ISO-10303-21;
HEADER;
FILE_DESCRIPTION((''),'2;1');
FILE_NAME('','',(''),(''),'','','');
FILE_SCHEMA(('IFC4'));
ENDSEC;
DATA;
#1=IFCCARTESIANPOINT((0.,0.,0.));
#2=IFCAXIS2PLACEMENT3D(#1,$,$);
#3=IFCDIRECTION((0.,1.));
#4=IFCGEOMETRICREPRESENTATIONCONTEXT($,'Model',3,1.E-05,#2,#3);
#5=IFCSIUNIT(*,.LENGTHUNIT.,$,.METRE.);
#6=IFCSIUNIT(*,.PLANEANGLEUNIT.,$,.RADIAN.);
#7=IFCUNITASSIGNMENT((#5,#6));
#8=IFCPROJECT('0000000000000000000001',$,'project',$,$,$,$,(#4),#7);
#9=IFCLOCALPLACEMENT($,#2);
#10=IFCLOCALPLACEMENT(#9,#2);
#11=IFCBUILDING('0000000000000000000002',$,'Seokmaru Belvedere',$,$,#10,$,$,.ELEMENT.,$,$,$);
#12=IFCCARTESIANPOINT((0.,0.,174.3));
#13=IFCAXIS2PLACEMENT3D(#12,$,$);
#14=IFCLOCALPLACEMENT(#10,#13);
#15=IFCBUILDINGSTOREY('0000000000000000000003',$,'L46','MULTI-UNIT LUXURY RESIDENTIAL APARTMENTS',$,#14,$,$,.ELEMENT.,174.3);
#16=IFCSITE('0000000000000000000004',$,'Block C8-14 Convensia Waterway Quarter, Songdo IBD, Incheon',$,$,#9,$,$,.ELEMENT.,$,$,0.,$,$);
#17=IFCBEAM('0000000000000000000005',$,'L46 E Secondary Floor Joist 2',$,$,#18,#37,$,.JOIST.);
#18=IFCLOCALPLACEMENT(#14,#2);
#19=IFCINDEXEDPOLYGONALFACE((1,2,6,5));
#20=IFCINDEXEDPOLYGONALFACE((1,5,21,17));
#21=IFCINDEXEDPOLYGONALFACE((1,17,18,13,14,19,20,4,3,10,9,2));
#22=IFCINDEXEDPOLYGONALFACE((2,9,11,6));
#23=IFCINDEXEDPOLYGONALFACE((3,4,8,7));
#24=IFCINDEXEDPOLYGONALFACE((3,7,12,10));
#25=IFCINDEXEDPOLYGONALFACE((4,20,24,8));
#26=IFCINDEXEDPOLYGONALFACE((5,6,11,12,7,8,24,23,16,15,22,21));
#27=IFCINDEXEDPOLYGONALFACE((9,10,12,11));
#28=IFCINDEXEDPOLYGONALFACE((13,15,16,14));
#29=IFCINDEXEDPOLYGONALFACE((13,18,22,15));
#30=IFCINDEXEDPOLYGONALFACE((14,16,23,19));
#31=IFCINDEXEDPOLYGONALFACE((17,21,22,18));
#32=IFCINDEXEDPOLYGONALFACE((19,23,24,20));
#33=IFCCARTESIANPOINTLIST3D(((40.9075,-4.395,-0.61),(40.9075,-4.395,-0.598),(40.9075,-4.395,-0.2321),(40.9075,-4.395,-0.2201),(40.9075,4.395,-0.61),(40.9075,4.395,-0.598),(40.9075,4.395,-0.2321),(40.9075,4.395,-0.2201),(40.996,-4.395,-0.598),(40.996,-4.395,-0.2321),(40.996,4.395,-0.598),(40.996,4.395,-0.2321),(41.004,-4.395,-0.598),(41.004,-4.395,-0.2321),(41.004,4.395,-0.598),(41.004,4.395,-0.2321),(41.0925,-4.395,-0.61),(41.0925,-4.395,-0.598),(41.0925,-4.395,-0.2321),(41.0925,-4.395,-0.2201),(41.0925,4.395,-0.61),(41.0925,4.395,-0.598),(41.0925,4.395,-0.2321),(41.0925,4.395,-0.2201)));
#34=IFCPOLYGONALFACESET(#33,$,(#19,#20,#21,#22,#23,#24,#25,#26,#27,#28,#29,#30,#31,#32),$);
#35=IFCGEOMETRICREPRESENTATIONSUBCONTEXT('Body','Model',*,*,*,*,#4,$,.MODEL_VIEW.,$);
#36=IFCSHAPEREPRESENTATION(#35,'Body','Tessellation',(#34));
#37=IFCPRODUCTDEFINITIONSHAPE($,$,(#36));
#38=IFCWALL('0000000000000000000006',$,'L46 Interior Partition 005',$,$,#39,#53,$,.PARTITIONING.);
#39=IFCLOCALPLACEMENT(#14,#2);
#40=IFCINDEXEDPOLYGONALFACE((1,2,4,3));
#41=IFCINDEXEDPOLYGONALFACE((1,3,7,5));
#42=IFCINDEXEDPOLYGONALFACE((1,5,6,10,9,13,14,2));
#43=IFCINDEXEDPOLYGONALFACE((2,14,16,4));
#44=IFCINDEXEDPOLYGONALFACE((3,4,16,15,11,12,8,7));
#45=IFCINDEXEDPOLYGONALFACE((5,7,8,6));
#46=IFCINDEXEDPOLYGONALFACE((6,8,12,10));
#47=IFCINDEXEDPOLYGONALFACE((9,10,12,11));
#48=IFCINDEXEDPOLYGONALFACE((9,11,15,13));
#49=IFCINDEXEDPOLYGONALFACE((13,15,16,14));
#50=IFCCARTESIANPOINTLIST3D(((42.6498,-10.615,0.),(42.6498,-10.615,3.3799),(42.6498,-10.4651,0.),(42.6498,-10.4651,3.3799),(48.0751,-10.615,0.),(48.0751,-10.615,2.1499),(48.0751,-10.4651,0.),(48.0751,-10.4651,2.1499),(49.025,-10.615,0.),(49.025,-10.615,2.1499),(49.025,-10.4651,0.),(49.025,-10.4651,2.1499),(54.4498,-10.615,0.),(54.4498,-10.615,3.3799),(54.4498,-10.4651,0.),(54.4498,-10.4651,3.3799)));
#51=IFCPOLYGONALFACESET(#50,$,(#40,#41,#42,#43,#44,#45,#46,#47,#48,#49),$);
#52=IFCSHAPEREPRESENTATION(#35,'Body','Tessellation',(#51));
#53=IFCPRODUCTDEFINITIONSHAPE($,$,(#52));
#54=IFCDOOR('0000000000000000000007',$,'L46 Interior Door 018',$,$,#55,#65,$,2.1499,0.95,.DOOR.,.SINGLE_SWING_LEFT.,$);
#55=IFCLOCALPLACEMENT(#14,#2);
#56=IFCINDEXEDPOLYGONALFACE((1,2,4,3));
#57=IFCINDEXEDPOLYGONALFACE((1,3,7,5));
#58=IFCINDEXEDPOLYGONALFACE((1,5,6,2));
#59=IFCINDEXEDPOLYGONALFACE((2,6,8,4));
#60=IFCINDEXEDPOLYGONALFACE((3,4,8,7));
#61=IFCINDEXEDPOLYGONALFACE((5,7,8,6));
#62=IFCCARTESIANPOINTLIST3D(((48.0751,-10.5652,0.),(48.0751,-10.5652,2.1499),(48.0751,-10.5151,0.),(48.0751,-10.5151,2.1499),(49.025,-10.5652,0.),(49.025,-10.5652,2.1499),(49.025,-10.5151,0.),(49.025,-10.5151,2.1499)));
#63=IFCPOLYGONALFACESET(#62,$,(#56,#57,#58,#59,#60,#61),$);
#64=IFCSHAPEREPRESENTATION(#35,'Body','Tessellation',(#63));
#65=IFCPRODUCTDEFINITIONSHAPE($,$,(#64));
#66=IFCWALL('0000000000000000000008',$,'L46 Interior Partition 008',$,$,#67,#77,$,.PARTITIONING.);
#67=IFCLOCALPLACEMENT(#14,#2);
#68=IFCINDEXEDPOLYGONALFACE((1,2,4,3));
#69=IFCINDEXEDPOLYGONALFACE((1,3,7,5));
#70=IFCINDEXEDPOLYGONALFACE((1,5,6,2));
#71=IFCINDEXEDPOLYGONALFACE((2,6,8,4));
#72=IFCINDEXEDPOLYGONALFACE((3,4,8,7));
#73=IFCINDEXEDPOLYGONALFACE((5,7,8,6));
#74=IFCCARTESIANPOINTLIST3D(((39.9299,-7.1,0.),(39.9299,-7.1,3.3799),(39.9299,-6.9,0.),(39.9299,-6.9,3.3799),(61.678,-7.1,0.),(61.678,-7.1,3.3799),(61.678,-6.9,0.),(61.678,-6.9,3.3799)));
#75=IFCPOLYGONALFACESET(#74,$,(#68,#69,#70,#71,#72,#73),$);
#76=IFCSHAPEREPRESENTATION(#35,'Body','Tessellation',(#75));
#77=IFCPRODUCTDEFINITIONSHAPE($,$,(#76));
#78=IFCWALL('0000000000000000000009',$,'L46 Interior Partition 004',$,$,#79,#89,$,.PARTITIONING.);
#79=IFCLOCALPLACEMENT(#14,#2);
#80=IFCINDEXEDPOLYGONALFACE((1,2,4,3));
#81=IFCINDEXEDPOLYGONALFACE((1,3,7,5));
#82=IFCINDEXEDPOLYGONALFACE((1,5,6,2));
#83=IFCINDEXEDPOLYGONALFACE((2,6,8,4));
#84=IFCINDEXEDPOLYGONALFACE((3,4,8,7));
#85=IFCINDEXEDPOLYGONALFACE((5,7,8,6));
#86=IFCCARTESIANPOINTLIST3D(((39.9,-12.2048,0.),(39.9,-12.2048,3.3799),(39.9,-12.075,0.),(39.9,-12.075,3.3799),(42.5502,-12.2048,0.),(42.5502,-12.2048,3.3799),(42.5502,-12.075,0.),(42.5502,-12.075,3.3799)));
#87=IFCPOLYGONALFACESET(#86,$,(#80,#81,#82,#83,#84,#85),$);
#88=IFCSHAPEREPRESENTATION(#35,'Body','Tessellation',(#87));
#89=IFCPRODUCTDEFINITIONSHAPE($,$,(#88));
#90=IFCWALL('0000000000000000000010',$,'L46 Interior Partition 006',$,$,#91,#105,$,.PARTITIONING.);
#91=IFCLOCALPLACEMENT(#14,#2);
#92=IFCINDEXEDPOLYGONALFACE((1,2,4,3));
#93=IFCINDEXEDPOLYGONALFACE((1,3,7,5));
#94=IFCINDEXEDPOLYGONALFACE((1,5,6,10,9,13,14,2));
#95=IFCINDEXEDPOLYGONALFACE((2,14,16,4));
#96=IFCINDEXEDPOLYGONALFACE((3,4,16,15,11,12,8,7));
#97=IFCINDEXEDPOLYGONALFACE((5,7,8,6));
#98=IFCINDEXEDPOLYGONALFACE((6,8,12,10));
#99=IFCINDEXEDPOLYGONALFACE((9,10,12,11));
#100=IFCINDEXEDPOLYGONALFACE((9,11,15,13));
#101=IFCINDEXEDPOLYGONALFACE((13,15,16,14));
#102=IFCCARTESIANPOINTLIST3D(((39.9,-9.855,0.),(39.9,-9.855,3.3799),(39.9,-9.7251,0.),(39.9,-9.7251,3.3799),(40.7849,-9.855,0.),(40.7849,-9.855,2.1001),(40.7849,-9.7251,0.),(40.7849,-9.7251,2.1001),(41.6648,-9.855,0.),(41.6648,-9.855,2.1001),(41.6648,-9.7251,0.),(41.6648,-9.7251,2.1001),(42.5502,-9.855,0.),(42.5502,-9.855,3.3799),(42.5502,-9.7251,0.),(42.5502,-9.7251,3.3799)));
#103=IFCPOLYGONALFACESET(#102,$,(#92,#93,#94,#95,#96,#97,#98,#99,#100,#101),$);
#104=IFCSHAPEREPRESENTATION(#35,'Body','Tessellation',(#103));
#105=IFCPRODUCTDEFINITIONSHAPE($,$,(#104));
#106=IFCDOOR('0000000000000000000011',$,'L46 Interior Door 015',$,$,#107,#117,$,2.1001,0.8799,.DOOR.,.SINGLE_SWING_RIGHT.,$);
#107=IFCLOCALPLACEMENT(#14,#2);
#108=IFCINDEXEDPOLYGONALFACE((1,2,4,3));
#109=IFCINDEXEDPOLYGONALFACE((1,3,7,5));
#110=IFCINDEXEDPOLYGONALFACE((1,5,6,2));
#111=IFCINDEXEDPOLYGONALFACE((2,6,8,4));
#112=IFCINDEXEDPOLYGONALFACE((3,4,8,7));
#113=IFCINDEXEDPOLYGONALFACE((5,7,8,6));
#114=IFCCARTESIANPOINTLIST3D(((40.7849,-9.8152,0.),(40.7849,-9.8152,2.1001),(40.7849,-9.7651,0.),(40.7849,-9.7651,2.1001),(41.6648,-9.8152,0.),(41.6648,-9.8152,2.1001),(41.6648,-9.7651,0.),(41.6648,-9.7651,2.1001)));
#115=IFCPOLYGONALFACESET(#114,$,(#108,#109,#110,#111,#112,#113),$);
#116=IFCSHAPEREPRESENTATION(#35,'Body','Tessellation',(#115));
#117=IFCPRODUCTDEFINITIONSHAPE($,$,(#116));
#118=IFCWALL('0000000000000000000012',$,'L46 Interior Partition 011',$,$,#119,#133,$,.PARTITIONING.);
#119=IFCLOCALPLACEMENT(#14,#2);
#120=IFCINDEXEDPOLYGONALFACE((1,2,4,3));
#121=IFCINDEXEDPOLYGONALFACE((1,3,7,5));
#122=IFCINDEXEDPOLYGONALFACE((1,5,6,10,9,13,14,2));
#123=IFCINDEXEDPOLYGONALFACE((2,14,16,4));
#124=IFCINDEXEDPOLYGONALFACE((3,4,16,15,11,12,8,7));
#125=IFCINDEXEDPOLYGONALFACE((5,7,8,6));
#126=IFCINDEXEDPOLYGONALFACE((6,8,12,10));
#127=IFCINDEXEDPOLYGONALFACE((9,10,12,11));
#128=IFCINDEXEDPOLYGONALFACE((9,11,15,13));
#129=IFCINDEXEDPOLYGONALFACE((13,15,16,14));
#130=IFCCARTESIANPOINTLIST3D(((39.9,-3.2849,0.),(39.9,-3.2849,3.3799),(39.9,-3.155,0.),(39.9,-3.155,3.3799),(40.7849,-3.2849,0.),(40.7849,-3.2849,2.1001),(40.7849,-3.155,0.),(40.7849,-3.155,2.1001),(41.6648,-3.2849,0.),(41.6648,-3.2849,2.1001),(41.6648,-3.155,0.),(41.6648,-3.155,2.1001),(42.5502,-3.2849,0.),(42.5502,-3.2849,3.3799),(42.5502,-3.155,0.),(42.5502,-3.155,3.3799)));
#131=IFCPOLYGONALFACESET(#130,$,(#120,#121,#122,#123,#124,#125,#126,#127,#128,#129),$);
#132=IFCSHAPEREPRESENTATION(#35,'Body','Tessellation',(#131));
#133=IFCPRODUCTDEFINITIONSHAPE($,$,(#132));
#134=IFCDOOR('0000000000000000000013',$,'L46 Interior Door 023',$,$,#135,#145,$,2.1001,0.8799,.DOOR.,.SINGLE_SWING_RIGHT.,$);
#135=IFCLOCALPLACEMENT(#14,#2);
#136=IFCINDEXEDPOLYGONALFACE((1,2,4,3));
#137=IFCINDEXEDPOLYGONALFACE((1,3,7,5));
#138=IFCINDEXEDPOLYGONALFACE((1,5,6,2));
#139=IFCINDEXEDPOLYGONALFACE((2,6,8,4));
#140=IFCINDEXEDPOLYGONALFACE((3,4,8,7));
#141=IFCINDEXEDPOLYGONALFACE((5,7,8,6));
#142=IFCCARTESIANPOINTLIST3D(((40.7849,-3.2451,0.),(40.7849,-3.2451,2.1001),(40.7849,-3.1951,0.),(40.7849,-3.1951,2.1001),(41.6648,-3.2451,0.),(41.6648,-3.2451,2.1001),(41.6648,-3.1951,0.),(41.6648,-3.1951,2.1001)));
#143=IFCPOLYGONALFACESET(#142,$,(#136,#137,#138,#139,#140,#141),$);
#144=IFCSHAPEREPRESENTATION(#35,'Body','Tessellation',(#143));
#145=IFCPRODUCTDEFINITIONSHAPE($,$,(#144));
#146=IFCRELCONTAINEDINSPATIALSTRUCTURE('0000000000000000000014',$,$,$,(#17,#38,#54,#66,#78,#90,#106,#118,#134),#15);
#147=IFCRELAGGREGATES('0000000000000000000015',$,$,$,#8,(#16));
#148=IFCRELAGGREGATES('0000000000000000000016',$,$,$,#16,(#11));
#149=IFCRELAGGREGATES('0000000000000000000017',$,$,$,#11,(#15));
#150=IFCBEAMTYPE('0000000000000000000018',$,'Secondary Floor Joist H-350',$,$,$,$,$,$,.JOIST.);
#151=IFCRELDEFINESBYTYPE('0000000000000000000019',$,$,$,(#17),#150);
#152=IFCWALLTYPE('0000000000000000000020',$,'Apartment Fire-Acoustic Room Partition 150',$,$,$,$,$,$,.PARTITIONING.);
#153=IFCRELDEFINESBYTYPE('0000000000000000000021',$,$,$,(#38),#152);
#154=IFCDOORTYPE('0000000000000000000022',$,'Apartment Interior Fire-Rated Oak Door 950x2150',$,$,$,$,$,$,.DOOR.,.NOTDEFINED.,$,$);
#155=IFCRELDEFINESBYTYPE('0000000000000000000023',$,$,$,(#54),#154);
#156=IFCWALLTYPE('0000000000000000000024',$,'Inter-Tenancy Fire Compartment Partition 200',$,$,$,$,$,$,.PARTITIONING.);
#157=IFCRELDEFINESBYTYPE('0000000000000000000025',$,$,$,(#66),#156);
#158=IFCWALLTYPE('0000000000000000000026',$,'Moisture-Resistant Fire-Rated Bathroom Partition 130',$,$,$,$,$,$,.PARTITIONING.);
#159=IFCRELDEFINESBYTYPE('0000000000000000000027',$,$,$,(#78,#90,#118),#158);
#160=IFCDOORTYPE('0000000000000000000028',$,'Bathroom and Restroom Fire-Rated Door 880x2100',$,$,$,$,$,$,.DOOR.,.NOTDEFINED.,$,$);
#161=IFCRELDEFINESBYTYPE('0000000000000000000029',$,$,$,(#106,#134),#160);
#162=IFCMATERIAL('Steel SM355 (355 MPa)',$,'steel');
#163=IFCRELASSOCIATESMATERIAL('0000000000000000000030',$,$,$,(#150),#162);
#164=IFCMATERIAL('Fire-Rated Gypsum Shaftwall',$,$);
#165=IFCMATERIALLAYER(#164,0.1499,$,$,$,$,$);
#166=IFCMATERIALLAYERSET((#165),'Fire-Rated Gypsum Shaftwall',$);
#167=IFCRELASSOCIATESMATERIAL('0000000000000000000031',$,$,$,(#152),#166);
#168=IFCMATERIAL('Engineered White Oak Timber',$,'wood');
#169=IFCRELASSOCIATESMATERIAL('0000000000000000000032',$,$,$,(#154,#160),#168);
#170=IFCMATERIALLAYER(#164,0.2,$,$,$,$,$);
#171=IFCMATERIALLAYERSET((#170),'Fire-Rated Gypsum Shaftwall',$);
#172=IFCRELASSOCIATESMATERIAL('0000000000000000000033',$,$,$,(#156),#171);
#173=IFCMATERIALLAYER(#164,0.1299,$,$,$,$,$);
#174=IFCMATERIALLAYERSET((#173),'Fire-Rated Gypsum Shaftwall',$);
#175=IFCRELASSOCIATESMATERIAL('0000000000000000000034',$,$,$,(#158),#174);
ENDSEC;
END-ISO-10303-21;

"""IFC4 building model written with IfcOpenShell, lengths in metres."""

from ifc_helpers import new_model, si_unit, direction, frame, frame_2d, origin, origin_2d, place, context, subcontext, project, spatial, rectangle, i_section, extrude, source, transform, mapped, material, layer, layer_set, material_profile, profile_set, type_object, type_shapes, element, fill, save


model = new_model("IFC4")

# Units and contexts
model_context = context("Model", 3, precision=1e-05, world=origin(), true_north=direction((0.0, 1.0)))
body_context = subcontext(model_context, "Body", "Model", "MODEL_VIEW")
ifc_project = project(units=[si_unit("LENGTHUNIT", "METRE"), si_unit("PLANEANGLEUNIT", "RADIAN")], contexts=[model_context])

# Site, building, storey
site_placement = place(None, origin())
site = spatial("IfcSite", under=ifc_project, at=site_placement, Name="Block C8-14 Convensia Waterway Quarter, Songdo IBD, Incheon", CompositionType="ELEMENT", RefElevation=0.0)
building_placement = place(site_placement, origin())
building = spatial("IfcBuilding", under=site, at=building_placement, Name="Seokmaru Belvedere", CompositionType="ELEMENT")
storey_placement = place(building_placement, frame((0.0, 0.0, 174.3)))
storey = spatial("IfcBuildingStorey", under=building, at=storey_placement, Name="L46", Description="MULTI-UNIT LUXURY RESIDENTIAL APARTMENTS", CompositionType="ELEMENT", Elevation=174.3)

# Beam
ifc_material_1 = material(Name="Steel SM355 (355 MPa)", Category="steel")
ifc_material_profile = material_profile(ifc_material_1, i_section(OverallWidth=0.1851, OverallDepth=0.3899, WebThickness=0.0081, FlangeThickness=0.012, at=origin_2d()), Name="H-390x185x8x12")
ifc_profile_set = profile_set([ifc_material_profile], Name="Steel SM355 (355 MPa)")
beam_type = type_object("IfcBeamType", Name="Secondary Floor Joist H-350", PredefinedType="JOIST", material=ifc_profile_set)
shared_shape_1 = source(origin(), body_context, "Body", "SweptSolid", [
    extrude(i_section(OverallWidth=0.1851, OverallDepth=0.3899, WebThickness=0.0081, FlangeThickness=0.012, at=origin_2d()), origin(), (0.0, 0.0, 1.0), 8.79),
])
type_shapes(beam_type, [shared_shape_1])
beam_placement = place(storey_placement, frame((41.0, -4.395, -0.415), z_axis=(0.0, 1.0, 0.0), x_axis=(-1.0, 0.0, 0.0)))
element("IfcBeam", 1, at=beam_placement, inside=storey, type_object=beam_type, Name="L46 E Secondary Floor Joist 2", PredefinedType="JOIST", context=body_context, shape_type="MappedRepresentation", body=[
    mapped(shared_shape_1, transform((0.0, 0.0, 0.0), scale=1.0)),
])

# Wall, opening, door
ifc_material_2 = material(Name="Fire-Rated Gypsum Shaftwall")
ifc_layer_1 = layer(ifc_material_2, 0.1499)
ifc_layer_set_1 = layer_set([ifc_layer_1], Name="Fire-Rated Gypsum Shaftwall")
wall_type_1 = type_object("IfcWallType", Name="Apartment Fire-Acoustic Room Partition 150", PredefinedType="PARTITIONING", material=ifc_layer_set_1)
wall_1_placement = place(storey_placement, frame((42.6499, -10.54, 0.0), z_axis=(0.0, 0.0, 1.0), x_axis=(1.0, 0.0, 0.0)))
wall_1 = element("IfcWall", 2, at=wall_1_placement, inside=storey, type_object=wall_type_1, Name="L46 Interior Partition 005", PredefinedType="PARTITIONING", context=body_context, shape_type="SweptSolid", body=[
    extrude(rectangle(XDim=11.8, YDim=0.1499, at=frame_2d((5.8999, 0.0))), origin(), (0.0, 0.0, 1.0), 3.3799),
])
opening_1_placement = place(wall_1_placement, frame((5.425, 0.0, 0.0)))
opening_1 = element("IfcOpeningElement", 3, at=opening_1_placement, cuts=wall_1, PredefinedType="OPENING", context=body_context, shape_type="SweptSolid", body=[
    extrude(rectangle(XDim=0.95, YDim=2.1499, at=frame_2d((0.4751, 1.075))), frame((0.0, 0.085, 0.0), z_axis=(0.0, -1.0, 0.0), x_axis=(1.0, 0.0, 0.0)), (0.0, 0.0, 1.0), 0.1699),
])
ifc_material_3 = material(Name="Engineered White Oak Timber", Category="wood")
door_type_1 = type_object("IfcDoorType", Name="Apartment Interior Fire-Rated Oak Door 950x2150", OperationType="NOTDEFINED", PredefinedType="DOOR", material=ifc_material_3)
shared_shape_2 = source(origin(), body_context, "Body", "SweptSolid", [
    extrude(rectangle(XDim=0.95, YDim=2.1499, at=frame_2d((0.4751, 1.075))), frame((0.0, 0.0249, 0.0), z_axis=(0.0, -1.0, 0.0), x_axis=(1.0, 0.0, 0.0)), (0.0, 0.0, 1.0), 0.05),
])
type_shapes(door_type_1, [shared_shape_2])
door_1_placement = place(opening_1_placement, origin())
door_1 = element("IfcDoor", 4, at=door_1_placement, inside=storey, type_object=door_type_1, Name="L46 Interior Door 018", OperationType="SINGLE_SWING_LEFT", OverallHeight=2.1499, OverallWidth=0.95, PredefinedType="DOOR", context=body_context, shape_type="MappedRepresentation", body=[
    mapped(shared_shape_2, transform((0.0, 0.0, 0.0), scale=1.0)),
])
fill(opening_1, door_1)

# Wall
ifc_layer_2 = layer(ifc_material_2, 0.2)
ifc_layer_set_2 = layer_set([ifc_layer_2], Name="Fire-Rated Gypsum Shaftwall")
wall_type_2 = type_object("IfcWallType", Name="Inter-Tenancy Fire Compartment Partition 200", PredefinedType="PARTITIONING", material=ifc_layer_set_2)
wall_2_placement = place(storey_placement, frame((39.9299, -7.0, 0.0), z_axis=(0.0, 0.0, 1.0), x_axis=(1.0, 0.0, 0.0)))
element("IfcWall", 5, at=wall_2_placement, inside=storey, type_object=wall_type_2, Name="L46 Interior Partition 008", PredefinedType="PARTITIONING", context=body_context, shape_type="SweptSolid", body=[
    extrude(rectangle(XDim=21.748, YDim=0.2, at=frame_2d((10.874, 0.0))), origin(), (0.0, 0.0, 1.0), 3.3799),
])

# Wall
ifc_layer_3 = layer(ifc_material_2, 0.1299)
ifc_layer_set_3 = layer_set([ifc_layer_3], Name="Fire-Rated Gypsum Shaftwall")
wall_type_3 = type_object("IfcWallType", Name="Moisture-Resistant Fire-Rated Bathroom Partition 130", PredefinedType="PARTITIONING", material=ifc_layer_set_3)
wall_3_placement = place(storey_placement, frame((39.8999, -12.1399, 0.0), z_axis=(0.0, 0.0, 1.0), x_axis=(1.0, 0.0, 0.0)))
element("IfcWall", 6, at=wall_3_placement, inside=storey, type_object=wall_type_3, Name="L46 Interior Partition 004", PredefinedType="PARTITIONING", context=body_context, shape_type="SweptSolid", body=[
    extrude(rectangle(XDim=2.6501, YDim=0.1299, at=frame_2d((1.3252, 0.0))), origin(), (0.0, 0.0, 1.0), 3.3799),
])

# Walls, openings, doors
wall_4_placement = place(storey_placement, frame((39.8999, -9.79, 0.0), z_axis=(0.0, 0.0, 1.0), x_axis=(1.0, 0.0, 0.0)))
wall_4 = element("IfcWall", 7, at=wall_4_placement, inside=storey, type_object=wall_type_3, Name="L46 Interior Partition 006", PredefinedType="PARTITIONING", context=body_context, shape_type="SweptSolid", body=[
    extrude(rectangle(XDim=2.6501, YDim=0.1299, at=frame_2d((1.3252, 0.0))), origin(), (0.0, 0.0, 1.0), 3.3799),
])
opening_2_placement = place(wall_4_placement, frame((0.885, 0.0, 0.0)))
opening_2 = element("IfcOpeningElement", 8, at=opening_2_placement, cuts=wall_4, PredefinedType="OPENING", context=body_context, shape_type="SweptSolid", body=[
    extrude(rectangle(XDim=0.8799, YDim=2.1001, at=frame_2d((0.4399, 1.05))), frame((0.0, 0.075, 0.0), z_axis=(0.0, -1.0, 0.0), x_axis=(1.0, 0.0, 0.0)), (0.0, 0.0, 1.0), 0.1499),
])
door_type_2 = type_object("IfcDoorType", Name="Bathroom and Restroom Fire-Rated Door 880x2100", OperationType="NOTDEFINED", PredefinedType="DOOR", material=ifc_material_3)
shared_shape_3 = source(origin(), body_context, "Body", "SweptSolid", [
    extrude(rectangle(XDim=0.8799, YDim=2.1001, at=frame_2d((0.4399, 1.05))), frame((0.0, 0.0249, 0.0), z_axis=(0.0, -1.0, 0.0), x_axis=(1.0, 0.0, 0.0)), (0.0, 0.0, 1.0), 0.05),
])
type_shapes(door_type_2, [shared_shape_3])
door_2_placement = place(opening_2_placement, origin())
door_2 = element("IfcDoor", 9, at=door_2_placement, inside=storey, type_object=door_type_2, Name="L46 Interior Door 015", OperationType="SINGLE_SWING_RIGHT", OverallHeight=2.1001, OverallWidth=0.8799, PredefinedType="DOOR", context=body_context, shape_type="MappedRepresentation", body=[
    mapped(shared_shape_3, transform((0.0, 0.0, 0.0), scale=1.0)),
])
fill(opening_2, door_2)
wall_5_placement = place(storey_placement, frame((39.8999, -3.22, 0.0), z_axis=(0.0, 0.0, 1.0), x_axis=(1.0, 0.0, 0.0)))
wall_5 = element("IfcWall", 10, at=wall_5_placement, inside=storey, type_object=wall_type_3, Name="L46 Interior Partition 011", PredefinedType="PARTITIONING", context=body_context, shape_type="SweptSolid", body=[
    extrude(rectangle(XDim=2.6501, YDim=0.1299, at=frame_2d((1.3252, 0.0))), origin(), (0.0, 0.0, 1.0), 3.3799),
])
opening_3_placement = place(wall_5_placement, frame((0.885, 0.0, 0.0)))
opening_3 = element("IfcOpeningElement", 11, at=opening_3_placement, cuts=wall_5, PredefinedType="OPENING", context=body_context, shape_type="SweptSolid", body=[
    extrude(rectangle(XDim=0.8799, YDim=2.1001, at=frame_2d((0.4399, 1.05))), frame((0.0, 0.075, 0.0), z_axis=(0.0, -1.0, 0.0), x_axis=(1.0, 0.0, 0.0)), (0.0, 0.0, 1.0), 0.1499),
])
door_3_placement = place(opening_3_placement, origin())
door_3 = element("IfcDoor", 12, at=door_3_placement, inside=storey, type_object=door_type_2, Name="L46 Interior Door 023", OperationType="SINGLE_SWING_RIGHT", OverallHeight=2.1001, OverallWidth=0.8799, PredefinedType="DOOR", context=body_context, shape_type="MappedRepresentation", body=[
    mapped(shared_shape_3, transform((0.0, 0.0, 0.0), scale=1.0)),
])
fill(opening_3, door_3)

save(model, "model.ifc")
